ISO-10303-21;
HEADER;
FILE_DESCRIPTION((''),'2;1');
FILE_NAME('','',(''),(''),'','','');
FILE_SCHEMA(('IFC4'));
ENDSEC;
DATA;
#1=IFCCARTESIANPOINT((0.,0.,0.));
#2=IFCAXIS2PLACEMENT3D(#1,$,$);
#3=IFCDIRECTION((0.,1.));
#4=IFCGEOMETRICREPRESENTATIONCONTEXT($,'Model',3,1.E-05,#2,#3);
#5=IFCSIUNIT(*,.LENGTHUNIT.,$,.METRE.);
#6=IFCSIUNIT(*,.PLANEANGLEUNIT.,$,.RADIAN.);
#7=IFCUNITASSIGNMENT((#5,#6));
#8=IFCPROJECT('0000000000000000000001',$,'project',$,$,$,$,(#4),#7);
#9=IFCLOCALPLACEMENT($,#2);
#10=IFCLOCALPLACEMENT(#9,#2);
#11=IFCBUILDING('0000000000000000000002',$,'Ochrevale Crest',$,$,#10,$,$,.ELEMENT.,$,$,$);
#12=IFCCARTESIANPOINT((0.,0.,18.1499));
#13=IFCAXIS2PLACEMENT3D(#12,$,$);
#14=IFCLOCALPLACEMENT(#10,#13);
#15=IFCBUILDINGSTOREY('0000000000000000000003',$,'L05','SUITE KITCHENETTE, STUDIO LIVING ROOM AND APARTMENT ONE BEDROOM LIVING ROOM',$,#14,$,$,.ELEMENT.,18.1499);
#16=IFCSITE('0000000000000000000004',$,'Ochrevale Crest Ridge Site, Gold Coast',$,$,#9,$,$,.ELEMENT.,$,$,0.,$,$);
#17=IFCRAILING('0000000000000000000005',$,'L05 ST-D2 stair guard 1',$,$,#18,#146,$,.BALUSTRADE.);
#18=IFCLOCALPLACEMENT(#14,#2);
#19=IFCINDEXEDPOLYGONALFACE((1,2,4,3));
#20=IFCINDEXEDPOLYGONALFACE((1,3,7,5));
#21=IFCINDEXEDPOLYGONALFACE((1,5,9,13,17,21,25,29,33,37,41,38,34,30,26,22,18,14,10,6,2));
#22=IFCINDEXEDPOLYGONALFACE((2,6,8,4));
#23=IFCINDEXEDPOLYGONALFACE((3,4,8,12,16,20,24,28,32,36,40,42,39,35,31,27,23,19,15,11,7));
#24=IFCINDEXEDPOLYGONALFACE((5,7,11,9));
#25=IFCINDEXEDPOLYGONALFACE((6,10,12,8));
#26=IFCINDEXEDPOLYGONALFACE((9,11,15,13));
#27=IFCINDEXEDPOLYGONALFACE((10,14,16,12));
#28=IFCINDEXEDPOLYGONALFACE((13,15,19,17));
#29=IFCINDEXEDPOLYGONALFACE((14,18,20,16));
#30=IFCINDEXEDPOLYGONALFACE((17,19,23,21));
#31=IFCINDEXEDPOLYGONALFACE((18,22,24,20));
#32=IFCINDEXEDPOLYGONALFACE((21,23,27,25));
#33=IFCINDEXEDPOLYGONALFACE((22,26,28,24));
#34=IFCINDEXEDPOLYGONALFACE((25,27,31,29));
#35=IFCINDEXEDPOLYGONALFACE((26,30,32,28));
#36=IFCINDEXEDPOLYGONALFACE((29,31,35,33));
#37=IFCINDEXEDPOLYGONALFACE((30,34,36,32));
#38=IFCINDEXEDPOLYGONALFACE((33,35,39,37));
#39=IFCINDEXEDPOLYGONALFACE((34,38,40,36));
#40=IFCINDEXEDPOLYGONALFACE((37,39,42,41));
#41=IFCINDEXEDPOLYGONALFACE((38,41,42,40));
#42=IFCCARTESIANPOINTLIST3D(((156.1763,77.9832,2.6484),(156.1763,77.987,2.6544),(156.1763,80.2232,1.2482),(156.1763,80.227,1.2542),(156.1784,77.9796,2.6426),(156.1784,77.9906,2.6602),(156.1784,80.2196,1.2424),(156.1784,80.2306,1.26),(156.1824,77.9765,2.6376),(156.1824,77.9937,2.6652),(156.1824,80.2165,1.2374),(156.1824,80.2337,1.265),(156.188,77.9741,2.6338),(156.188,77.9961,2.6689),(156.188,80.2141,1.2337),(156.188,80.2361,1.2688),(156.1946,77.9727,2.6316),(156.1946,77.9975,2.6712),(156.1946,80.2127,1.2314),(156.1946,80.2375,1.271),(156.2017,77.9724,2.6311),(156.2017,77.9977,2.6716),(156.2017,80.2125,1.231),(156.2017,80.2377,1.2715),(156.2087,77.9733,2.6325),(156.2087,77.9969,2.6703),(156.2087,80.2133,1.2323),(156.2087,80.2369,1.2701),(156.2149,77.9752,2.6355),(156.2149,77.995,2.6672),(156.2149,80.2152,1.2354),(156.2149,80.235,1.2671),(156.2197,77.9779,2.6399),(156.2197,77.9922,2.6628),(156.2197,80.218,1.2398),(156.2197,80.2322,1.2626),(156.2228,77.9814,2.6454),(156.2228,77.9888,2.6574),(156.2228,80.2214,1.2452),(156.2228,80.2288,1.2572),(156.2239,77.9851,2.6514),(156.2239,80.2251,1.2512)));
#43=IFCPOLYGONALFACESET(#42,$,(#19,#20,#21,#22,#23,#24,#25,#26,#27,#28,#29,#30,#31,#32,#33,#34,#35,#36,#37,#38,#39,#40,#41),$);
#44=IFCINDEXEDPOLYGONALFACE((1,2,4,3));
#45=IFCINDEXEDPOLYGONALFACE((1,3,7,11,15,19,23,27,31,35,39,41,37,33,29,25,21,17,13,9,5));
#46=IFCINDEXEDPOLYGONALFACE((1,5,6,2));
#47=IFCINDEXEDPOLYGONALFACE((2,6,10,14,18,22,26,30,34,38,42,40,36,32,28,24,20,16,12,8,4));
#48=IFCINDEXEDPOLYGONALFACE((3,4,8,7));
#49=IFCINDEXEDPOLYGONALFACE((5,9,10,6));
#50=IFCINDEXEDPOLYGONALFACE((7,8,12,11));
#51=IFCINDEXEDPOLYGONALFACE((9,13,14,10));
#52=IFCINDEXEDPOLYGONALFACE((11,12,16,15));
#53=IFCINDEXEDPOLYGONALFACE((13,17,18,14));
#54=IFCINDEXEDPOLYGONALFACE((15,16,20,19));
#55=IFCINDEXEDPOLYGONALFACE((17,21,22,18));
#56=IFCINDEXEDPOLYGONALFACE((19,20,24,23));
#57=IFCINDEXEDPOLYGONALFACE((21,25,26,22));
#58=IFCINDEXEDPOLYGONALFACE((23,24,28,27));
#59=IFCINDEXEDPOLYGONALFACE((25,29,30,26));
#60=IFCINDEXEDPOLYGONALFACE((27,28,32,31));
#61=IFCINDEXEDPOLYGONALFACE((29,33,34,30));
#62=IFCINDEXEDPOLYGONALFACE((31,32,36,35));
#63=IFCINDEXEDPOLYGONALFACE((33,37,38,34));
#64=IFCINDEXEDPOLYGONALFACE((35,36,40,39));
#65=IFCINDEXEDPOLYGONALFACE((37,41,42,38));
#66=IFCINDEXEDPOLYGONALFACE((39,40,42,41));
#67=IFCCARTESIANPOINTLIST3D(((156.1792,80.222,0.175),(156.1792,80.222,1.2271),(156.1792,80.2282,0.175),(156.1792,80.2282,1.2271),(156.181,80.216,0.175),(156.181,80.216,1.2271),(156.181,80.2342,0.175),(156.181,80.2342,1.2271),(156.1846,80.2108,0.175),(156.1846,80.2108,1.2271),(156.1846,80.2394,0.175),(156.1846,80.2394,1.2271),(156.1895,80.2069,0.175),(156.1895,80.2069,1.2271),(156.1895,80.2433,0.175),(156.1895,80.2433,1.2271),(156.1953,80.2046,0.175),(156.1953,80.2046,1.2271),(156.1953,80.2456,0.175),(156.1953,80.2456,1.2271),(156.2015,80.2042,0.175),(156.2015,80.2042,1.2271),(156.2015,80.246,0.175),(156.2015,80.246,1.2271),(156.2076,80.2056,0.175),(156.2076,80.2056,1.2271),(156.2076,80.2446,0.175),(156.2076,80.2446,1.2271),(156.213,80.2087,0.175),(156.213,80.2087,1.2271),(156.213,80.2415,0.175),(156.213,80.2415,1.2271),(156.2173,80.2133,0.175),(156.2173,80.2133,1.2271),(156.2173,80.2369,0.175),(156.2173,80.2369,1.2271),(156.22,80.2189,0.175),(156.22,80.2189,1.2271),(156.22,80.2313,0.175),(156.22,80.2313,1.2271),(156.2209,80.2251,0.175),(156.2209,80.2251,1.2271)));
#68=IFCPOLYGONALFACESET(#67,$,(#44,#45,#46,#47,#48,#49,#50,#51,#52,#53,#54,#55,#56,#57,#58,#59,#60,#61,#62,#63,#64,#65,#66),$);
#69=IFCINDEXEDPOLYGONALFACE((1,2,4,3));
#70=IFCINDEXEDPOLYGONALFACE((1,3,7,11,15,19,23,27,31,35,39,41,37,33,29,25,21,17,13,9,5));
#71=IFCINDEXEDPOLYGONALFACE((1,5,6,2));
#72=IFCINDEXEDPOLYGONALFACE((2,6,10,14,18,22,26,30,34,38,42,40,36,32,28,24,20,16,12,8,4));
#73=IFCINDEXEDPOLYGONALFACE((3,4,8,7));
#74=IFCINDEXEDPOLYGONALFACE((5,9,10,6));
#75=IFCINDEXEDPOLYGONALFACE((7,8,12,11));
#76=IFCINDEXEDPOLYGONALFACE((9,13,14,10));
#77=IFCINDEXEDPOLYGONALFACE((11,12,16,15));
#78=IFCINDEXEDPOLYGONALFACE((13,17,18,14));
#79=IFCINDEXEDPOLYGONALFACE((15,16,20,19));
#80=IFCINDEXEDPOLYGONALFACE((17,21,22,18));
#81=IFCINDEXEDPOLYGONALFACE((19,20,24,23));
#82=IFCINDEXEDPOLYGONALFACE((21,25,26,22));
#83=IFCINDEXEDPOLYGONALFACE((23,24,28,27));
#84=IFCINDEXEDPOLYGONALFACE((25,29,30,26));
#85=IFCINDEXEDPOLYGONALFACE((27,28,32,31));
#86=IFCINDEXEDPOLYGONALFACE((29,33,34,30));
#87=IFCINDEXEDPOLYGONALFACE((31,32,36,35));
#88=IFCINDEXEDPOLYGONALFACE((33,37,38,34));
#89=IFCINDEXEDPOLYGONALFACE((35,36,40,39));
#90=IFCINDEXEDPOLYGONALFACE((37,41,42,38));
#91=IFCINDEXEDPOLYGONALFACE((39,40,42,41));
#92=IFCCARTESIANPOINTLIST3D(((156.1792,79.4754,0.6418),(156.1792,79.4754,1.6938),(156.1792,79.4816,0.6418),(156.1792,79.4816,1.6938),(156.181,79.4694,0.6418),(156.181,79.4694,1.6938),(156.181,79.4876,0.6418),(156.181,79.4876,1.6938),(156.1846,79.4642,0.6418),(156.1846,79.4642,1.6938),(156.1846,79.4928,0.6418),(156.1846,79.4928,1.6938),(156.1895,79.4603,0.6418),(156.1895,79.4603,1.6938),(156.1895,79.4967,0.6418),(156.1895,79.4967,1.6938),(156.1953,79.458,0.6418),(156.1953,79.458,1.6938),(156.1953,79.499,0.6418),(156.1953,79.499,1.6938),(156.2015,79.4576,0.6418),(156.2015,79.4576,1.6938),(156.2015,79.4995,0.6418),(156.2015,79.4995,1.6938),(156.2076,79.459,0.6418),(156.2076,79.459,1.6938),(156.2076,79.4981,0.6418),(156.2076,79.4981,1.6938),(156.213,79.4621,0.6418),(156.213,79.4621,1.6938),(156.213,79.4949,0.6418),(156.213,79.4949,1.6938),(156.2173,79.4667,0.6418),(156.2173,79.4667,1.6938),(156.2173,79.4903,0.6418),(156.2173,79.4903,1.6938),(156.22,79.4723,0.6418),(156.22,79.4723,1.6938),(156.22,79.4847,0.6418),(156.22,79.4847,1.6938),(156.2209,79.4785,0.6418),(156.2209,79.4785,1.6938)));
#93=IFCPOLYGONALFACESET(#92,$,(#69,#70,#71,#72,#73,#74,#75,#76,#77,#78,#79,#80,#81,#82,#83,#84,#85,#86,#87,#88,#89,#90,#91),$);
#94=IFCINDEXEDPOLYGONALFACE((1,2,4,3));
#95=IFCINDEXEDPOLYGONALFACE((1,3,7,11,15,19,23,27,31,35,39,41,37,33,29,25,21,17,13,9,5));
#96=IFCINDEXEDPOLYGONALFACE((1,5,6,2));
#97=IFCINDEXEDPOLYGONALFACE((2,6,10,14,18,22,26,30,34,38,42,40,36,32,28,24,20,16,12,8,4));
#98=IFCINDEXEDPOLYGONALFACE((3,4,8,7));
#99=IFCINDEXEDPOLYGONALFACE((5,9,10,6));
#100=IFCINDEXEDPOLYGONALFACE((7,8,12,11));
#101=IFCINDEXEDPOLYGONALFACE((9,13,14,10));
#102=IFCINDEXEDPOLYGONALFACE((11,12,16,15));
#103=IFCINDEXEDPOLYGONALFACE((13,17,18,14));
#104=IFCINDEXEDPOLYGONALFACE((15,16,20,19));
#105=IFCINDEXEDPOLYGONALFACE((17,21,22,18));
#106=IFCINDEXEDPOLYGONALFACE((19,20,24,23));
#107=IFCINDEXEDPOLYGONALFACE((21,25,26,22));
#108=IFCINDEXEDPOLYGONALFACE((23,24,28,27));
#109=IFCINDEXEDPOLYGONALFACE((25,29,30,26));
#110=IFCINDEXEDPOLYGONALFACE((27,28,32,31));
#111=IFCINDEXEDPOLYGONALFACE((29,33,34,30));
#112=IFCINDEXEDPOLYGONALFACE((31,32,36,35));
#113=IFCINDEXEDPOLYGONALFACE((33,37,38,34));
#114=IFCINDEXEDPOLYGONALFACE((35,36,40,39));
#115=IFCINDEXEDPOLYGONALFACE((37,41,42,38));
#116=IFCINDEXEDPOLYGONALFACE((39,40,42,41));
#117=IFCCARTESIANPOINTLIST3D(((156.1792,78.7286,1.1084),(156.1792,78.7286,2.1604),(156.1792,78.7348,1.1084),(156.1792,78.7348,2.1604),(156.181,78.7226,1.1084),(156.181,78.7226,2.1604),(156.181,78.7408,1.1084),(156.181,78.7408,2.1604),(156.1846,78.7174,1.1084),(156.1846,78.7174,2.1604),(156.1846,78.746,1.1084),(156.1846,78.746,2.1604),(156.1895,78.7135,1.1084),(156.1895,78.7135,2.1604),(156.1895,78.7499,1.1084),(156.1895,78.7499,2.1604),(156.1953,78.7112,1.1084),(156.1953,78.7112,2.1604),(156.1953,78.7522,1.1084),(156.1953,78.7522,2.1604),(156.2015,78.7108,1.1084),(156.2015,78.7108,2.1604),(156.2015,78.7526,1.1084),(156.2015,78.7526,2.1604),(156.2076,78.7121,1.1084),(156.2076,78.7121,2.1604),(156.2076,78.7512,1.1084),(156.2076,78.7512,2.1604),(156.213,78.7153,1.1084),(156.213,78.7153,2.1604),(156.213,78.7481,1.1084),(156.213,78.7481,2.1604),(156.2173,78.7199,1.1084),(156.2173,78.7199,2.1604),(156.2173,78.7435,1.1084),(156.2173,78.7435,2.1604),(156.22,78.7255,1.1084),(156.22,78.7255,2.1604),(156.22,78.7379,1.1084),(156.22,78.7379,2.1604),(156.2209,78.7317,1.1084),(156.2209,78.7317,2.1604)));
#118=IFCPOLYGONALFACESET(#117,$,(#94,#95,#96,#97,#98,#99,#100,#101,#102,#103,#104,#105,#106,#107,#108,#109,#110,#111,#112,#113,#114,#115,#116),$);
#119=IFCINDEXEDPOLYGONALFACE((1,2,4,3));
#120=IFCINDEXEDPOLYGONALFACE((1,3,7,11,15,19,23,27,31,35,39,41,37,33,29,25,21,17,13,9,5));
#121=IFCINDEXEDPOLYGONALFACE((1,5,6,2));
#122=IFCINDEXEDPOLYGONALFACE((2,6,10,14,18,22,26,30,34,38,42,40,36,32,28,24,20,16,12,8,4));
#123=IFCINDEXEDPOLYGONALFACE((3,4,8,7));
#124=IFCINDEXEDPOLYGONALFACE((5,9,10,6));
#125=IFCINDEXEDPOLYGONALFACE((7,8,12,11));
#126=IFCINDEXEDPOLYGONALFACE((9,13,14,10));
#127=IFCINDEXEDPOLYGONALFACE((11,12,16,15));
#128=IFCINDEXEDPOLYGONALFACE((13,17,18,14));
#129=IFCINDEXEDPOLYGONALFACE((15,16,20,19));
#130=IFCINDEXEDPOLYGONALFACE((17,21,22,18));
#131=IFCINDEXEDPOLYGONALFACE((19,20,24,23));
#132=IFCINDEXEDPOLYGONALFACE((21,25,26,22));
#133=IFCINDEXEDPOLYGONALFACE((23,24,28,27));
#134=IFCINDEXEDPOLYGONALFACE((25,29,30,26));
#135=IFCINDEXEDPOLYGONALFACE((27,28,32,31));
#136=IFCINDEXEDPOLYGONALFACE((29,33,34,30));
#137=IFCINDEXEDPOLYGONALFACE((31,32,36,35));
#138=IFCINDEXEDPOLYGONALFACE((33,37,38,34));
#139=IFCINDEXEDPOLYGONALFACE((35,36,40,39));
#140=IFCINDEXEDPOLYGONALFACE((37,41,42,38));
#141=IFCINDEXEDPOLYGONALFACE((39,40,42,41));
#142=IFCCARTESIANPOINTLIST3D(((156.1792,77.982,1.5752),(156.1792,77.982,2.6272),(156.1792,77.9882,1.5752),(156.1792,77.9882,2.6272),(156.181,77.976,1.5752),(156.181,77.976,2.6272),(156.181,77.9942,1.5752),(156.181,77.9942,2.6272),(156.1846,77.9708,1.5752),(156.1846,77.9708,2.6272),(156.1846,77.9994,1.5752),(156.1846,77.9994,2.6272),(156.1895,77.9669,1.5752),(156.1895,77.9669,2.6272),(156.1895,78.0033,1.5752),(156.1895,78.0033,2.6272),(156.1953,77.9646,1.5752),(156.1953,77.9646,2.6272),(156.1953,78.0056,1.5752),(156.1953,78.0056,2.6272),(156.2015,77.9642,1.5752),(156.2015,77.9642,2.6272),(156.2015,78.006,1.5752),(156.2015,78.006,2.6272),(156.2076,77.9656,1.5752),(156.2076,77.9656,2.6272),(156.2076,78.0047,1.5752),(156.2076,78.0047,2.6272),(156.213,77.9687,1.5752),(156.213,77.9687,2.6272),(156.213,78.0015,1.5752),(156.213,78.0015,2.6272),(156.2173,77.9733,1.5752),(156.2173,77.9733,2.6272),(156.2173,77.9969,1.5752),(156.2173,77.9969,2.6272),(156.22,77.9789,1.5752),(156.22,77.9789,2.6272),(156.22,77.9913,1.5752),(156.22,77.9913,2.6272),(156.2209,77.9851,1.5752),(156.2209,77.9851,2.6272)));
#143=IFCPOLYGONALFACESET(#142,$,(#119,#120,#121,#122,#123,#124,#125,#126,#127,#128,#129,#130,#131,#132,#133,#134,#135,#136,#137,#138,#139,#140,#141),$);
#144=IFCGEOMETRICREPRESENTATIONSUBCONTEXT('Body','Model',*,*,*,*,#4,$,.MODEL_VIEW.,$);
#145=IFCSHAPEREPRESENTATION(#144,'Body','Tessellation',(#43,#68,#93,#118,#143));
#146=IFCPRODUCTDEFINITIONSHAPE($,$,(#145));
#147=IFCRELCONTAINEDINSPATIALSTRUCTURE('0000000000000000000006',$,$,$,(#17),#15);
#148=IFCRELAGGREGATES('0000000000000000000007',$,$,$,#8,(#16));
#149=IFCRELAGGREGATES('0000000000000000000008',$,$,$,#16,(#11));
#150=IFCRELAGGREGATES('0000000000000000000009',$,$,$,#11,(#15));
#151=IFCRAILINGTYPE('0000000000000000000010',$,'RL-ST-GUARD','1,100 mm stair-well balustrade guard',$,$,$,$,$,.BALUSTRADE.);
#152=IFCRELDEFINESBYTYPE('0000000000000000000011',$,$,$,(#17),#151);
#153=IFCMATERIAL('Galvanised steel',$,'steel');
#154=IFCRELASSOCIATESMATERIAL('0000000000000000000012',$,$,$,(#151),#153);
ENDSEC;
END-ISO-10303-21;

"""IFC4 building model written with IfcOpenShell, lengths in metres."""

from ifc_helpers import new_model, si_unit, direction, frame, origin, origin_2d, place, context, subcontext, project, spatial, circle, extrude, material, type_object, element, save


model = new_model("IFC4")

# Units and contexts
model_context = context("Model", 3, precision=1e-05, world=origin(), true_north=direction((0.0, 1.0)))
body_context = subcontext(model_context, "Body", "Model", "MODEL_VIEW")
ifc_project = project(units=[si_unit("LENGTHUNIT", "METRE"), si_unit("PLANEANGLEUNIT", "RADIAN")], contexts=[model_context])

# Site, building, storey
site_placement = place(None, origin())
site = spatial("IfcSite", under=ifc_project, at=site_placement, Name="Ochrevale Crest Ridge Site, Gold Coast", CompositionType="ELEMENT", RefElevation=0.0)
building_placement = place(site_placement, origin())
building = spatial("IfcBuilding", under=site, at=building_placement, Name="Ochrevale Crest", CompositionType="ELEMENT")
storey_placement = place(building_placement, frame((0.0, 0.0, 18.1499)))
storey = spatial("IfcBuildingStorey", under=building, at=storey_placement, Name="L05", Description="SUITE KITCHENETTE, STUDIO LIVING ROOM AND APARTMENT ONE BEDROOM LIVING ROOM", CompositionType="ELEMENT", Elevation=18.1499)

# Railing
ifc_material_1 = material(Name="Galvanised steel", Category="steel")
railing_type_1 = type_object("IfcRailingType", Name="RL-ST-GUARD", Description="1,100 mm stair-well balustrade guard", PredefinedType="BALUSTRADE", material=ifc_material_1)
railing_1_placement = place(storey_placement, frame((156.2, 80.2251, 0.175)))
element("IfcRailing", 1, at=railing_1_placement, inside=storey, type_object=railing_type_1, Name="L05 ST-D2 stair guard 1", PredefinedType="BALUSTRADE", context=body_context, shape_type="SweptSolid", body=[
    extrude(circle(Radius=0.0239, at=origin_2d()), frame((0.0, 0.0, 1.0762), z_axis=(0.0, -0.847972, 0.53004), x_axis=(1.0, 0.0, 0.0)), (0.0, 0.0, 1.0), 2.6416),
    extrude(circle(Radius=0.021, at=origin_2d()), origin(), (0.0, 0.0, 1.0), 1.052),
    extrude(circle(Radius=0.021, at=origin_2d()), frame((0.0, -0.7466, 0.4668)), (0.0, 0.0, 1.0), 1.052),
    extrude(circle(Radius=0.021, at=origin_2d()), frame((0.0, -1.4934, 0.9333)), (0.0, 0.0, 1.0), 1.052),
    extrude(circle(Radius=0.021, at=origin_2d()), frame((0.0, -2.24, 1.4001)), (0.0, 0.0, 1.0), 1.052),
])

save(model, "model.ifc")
